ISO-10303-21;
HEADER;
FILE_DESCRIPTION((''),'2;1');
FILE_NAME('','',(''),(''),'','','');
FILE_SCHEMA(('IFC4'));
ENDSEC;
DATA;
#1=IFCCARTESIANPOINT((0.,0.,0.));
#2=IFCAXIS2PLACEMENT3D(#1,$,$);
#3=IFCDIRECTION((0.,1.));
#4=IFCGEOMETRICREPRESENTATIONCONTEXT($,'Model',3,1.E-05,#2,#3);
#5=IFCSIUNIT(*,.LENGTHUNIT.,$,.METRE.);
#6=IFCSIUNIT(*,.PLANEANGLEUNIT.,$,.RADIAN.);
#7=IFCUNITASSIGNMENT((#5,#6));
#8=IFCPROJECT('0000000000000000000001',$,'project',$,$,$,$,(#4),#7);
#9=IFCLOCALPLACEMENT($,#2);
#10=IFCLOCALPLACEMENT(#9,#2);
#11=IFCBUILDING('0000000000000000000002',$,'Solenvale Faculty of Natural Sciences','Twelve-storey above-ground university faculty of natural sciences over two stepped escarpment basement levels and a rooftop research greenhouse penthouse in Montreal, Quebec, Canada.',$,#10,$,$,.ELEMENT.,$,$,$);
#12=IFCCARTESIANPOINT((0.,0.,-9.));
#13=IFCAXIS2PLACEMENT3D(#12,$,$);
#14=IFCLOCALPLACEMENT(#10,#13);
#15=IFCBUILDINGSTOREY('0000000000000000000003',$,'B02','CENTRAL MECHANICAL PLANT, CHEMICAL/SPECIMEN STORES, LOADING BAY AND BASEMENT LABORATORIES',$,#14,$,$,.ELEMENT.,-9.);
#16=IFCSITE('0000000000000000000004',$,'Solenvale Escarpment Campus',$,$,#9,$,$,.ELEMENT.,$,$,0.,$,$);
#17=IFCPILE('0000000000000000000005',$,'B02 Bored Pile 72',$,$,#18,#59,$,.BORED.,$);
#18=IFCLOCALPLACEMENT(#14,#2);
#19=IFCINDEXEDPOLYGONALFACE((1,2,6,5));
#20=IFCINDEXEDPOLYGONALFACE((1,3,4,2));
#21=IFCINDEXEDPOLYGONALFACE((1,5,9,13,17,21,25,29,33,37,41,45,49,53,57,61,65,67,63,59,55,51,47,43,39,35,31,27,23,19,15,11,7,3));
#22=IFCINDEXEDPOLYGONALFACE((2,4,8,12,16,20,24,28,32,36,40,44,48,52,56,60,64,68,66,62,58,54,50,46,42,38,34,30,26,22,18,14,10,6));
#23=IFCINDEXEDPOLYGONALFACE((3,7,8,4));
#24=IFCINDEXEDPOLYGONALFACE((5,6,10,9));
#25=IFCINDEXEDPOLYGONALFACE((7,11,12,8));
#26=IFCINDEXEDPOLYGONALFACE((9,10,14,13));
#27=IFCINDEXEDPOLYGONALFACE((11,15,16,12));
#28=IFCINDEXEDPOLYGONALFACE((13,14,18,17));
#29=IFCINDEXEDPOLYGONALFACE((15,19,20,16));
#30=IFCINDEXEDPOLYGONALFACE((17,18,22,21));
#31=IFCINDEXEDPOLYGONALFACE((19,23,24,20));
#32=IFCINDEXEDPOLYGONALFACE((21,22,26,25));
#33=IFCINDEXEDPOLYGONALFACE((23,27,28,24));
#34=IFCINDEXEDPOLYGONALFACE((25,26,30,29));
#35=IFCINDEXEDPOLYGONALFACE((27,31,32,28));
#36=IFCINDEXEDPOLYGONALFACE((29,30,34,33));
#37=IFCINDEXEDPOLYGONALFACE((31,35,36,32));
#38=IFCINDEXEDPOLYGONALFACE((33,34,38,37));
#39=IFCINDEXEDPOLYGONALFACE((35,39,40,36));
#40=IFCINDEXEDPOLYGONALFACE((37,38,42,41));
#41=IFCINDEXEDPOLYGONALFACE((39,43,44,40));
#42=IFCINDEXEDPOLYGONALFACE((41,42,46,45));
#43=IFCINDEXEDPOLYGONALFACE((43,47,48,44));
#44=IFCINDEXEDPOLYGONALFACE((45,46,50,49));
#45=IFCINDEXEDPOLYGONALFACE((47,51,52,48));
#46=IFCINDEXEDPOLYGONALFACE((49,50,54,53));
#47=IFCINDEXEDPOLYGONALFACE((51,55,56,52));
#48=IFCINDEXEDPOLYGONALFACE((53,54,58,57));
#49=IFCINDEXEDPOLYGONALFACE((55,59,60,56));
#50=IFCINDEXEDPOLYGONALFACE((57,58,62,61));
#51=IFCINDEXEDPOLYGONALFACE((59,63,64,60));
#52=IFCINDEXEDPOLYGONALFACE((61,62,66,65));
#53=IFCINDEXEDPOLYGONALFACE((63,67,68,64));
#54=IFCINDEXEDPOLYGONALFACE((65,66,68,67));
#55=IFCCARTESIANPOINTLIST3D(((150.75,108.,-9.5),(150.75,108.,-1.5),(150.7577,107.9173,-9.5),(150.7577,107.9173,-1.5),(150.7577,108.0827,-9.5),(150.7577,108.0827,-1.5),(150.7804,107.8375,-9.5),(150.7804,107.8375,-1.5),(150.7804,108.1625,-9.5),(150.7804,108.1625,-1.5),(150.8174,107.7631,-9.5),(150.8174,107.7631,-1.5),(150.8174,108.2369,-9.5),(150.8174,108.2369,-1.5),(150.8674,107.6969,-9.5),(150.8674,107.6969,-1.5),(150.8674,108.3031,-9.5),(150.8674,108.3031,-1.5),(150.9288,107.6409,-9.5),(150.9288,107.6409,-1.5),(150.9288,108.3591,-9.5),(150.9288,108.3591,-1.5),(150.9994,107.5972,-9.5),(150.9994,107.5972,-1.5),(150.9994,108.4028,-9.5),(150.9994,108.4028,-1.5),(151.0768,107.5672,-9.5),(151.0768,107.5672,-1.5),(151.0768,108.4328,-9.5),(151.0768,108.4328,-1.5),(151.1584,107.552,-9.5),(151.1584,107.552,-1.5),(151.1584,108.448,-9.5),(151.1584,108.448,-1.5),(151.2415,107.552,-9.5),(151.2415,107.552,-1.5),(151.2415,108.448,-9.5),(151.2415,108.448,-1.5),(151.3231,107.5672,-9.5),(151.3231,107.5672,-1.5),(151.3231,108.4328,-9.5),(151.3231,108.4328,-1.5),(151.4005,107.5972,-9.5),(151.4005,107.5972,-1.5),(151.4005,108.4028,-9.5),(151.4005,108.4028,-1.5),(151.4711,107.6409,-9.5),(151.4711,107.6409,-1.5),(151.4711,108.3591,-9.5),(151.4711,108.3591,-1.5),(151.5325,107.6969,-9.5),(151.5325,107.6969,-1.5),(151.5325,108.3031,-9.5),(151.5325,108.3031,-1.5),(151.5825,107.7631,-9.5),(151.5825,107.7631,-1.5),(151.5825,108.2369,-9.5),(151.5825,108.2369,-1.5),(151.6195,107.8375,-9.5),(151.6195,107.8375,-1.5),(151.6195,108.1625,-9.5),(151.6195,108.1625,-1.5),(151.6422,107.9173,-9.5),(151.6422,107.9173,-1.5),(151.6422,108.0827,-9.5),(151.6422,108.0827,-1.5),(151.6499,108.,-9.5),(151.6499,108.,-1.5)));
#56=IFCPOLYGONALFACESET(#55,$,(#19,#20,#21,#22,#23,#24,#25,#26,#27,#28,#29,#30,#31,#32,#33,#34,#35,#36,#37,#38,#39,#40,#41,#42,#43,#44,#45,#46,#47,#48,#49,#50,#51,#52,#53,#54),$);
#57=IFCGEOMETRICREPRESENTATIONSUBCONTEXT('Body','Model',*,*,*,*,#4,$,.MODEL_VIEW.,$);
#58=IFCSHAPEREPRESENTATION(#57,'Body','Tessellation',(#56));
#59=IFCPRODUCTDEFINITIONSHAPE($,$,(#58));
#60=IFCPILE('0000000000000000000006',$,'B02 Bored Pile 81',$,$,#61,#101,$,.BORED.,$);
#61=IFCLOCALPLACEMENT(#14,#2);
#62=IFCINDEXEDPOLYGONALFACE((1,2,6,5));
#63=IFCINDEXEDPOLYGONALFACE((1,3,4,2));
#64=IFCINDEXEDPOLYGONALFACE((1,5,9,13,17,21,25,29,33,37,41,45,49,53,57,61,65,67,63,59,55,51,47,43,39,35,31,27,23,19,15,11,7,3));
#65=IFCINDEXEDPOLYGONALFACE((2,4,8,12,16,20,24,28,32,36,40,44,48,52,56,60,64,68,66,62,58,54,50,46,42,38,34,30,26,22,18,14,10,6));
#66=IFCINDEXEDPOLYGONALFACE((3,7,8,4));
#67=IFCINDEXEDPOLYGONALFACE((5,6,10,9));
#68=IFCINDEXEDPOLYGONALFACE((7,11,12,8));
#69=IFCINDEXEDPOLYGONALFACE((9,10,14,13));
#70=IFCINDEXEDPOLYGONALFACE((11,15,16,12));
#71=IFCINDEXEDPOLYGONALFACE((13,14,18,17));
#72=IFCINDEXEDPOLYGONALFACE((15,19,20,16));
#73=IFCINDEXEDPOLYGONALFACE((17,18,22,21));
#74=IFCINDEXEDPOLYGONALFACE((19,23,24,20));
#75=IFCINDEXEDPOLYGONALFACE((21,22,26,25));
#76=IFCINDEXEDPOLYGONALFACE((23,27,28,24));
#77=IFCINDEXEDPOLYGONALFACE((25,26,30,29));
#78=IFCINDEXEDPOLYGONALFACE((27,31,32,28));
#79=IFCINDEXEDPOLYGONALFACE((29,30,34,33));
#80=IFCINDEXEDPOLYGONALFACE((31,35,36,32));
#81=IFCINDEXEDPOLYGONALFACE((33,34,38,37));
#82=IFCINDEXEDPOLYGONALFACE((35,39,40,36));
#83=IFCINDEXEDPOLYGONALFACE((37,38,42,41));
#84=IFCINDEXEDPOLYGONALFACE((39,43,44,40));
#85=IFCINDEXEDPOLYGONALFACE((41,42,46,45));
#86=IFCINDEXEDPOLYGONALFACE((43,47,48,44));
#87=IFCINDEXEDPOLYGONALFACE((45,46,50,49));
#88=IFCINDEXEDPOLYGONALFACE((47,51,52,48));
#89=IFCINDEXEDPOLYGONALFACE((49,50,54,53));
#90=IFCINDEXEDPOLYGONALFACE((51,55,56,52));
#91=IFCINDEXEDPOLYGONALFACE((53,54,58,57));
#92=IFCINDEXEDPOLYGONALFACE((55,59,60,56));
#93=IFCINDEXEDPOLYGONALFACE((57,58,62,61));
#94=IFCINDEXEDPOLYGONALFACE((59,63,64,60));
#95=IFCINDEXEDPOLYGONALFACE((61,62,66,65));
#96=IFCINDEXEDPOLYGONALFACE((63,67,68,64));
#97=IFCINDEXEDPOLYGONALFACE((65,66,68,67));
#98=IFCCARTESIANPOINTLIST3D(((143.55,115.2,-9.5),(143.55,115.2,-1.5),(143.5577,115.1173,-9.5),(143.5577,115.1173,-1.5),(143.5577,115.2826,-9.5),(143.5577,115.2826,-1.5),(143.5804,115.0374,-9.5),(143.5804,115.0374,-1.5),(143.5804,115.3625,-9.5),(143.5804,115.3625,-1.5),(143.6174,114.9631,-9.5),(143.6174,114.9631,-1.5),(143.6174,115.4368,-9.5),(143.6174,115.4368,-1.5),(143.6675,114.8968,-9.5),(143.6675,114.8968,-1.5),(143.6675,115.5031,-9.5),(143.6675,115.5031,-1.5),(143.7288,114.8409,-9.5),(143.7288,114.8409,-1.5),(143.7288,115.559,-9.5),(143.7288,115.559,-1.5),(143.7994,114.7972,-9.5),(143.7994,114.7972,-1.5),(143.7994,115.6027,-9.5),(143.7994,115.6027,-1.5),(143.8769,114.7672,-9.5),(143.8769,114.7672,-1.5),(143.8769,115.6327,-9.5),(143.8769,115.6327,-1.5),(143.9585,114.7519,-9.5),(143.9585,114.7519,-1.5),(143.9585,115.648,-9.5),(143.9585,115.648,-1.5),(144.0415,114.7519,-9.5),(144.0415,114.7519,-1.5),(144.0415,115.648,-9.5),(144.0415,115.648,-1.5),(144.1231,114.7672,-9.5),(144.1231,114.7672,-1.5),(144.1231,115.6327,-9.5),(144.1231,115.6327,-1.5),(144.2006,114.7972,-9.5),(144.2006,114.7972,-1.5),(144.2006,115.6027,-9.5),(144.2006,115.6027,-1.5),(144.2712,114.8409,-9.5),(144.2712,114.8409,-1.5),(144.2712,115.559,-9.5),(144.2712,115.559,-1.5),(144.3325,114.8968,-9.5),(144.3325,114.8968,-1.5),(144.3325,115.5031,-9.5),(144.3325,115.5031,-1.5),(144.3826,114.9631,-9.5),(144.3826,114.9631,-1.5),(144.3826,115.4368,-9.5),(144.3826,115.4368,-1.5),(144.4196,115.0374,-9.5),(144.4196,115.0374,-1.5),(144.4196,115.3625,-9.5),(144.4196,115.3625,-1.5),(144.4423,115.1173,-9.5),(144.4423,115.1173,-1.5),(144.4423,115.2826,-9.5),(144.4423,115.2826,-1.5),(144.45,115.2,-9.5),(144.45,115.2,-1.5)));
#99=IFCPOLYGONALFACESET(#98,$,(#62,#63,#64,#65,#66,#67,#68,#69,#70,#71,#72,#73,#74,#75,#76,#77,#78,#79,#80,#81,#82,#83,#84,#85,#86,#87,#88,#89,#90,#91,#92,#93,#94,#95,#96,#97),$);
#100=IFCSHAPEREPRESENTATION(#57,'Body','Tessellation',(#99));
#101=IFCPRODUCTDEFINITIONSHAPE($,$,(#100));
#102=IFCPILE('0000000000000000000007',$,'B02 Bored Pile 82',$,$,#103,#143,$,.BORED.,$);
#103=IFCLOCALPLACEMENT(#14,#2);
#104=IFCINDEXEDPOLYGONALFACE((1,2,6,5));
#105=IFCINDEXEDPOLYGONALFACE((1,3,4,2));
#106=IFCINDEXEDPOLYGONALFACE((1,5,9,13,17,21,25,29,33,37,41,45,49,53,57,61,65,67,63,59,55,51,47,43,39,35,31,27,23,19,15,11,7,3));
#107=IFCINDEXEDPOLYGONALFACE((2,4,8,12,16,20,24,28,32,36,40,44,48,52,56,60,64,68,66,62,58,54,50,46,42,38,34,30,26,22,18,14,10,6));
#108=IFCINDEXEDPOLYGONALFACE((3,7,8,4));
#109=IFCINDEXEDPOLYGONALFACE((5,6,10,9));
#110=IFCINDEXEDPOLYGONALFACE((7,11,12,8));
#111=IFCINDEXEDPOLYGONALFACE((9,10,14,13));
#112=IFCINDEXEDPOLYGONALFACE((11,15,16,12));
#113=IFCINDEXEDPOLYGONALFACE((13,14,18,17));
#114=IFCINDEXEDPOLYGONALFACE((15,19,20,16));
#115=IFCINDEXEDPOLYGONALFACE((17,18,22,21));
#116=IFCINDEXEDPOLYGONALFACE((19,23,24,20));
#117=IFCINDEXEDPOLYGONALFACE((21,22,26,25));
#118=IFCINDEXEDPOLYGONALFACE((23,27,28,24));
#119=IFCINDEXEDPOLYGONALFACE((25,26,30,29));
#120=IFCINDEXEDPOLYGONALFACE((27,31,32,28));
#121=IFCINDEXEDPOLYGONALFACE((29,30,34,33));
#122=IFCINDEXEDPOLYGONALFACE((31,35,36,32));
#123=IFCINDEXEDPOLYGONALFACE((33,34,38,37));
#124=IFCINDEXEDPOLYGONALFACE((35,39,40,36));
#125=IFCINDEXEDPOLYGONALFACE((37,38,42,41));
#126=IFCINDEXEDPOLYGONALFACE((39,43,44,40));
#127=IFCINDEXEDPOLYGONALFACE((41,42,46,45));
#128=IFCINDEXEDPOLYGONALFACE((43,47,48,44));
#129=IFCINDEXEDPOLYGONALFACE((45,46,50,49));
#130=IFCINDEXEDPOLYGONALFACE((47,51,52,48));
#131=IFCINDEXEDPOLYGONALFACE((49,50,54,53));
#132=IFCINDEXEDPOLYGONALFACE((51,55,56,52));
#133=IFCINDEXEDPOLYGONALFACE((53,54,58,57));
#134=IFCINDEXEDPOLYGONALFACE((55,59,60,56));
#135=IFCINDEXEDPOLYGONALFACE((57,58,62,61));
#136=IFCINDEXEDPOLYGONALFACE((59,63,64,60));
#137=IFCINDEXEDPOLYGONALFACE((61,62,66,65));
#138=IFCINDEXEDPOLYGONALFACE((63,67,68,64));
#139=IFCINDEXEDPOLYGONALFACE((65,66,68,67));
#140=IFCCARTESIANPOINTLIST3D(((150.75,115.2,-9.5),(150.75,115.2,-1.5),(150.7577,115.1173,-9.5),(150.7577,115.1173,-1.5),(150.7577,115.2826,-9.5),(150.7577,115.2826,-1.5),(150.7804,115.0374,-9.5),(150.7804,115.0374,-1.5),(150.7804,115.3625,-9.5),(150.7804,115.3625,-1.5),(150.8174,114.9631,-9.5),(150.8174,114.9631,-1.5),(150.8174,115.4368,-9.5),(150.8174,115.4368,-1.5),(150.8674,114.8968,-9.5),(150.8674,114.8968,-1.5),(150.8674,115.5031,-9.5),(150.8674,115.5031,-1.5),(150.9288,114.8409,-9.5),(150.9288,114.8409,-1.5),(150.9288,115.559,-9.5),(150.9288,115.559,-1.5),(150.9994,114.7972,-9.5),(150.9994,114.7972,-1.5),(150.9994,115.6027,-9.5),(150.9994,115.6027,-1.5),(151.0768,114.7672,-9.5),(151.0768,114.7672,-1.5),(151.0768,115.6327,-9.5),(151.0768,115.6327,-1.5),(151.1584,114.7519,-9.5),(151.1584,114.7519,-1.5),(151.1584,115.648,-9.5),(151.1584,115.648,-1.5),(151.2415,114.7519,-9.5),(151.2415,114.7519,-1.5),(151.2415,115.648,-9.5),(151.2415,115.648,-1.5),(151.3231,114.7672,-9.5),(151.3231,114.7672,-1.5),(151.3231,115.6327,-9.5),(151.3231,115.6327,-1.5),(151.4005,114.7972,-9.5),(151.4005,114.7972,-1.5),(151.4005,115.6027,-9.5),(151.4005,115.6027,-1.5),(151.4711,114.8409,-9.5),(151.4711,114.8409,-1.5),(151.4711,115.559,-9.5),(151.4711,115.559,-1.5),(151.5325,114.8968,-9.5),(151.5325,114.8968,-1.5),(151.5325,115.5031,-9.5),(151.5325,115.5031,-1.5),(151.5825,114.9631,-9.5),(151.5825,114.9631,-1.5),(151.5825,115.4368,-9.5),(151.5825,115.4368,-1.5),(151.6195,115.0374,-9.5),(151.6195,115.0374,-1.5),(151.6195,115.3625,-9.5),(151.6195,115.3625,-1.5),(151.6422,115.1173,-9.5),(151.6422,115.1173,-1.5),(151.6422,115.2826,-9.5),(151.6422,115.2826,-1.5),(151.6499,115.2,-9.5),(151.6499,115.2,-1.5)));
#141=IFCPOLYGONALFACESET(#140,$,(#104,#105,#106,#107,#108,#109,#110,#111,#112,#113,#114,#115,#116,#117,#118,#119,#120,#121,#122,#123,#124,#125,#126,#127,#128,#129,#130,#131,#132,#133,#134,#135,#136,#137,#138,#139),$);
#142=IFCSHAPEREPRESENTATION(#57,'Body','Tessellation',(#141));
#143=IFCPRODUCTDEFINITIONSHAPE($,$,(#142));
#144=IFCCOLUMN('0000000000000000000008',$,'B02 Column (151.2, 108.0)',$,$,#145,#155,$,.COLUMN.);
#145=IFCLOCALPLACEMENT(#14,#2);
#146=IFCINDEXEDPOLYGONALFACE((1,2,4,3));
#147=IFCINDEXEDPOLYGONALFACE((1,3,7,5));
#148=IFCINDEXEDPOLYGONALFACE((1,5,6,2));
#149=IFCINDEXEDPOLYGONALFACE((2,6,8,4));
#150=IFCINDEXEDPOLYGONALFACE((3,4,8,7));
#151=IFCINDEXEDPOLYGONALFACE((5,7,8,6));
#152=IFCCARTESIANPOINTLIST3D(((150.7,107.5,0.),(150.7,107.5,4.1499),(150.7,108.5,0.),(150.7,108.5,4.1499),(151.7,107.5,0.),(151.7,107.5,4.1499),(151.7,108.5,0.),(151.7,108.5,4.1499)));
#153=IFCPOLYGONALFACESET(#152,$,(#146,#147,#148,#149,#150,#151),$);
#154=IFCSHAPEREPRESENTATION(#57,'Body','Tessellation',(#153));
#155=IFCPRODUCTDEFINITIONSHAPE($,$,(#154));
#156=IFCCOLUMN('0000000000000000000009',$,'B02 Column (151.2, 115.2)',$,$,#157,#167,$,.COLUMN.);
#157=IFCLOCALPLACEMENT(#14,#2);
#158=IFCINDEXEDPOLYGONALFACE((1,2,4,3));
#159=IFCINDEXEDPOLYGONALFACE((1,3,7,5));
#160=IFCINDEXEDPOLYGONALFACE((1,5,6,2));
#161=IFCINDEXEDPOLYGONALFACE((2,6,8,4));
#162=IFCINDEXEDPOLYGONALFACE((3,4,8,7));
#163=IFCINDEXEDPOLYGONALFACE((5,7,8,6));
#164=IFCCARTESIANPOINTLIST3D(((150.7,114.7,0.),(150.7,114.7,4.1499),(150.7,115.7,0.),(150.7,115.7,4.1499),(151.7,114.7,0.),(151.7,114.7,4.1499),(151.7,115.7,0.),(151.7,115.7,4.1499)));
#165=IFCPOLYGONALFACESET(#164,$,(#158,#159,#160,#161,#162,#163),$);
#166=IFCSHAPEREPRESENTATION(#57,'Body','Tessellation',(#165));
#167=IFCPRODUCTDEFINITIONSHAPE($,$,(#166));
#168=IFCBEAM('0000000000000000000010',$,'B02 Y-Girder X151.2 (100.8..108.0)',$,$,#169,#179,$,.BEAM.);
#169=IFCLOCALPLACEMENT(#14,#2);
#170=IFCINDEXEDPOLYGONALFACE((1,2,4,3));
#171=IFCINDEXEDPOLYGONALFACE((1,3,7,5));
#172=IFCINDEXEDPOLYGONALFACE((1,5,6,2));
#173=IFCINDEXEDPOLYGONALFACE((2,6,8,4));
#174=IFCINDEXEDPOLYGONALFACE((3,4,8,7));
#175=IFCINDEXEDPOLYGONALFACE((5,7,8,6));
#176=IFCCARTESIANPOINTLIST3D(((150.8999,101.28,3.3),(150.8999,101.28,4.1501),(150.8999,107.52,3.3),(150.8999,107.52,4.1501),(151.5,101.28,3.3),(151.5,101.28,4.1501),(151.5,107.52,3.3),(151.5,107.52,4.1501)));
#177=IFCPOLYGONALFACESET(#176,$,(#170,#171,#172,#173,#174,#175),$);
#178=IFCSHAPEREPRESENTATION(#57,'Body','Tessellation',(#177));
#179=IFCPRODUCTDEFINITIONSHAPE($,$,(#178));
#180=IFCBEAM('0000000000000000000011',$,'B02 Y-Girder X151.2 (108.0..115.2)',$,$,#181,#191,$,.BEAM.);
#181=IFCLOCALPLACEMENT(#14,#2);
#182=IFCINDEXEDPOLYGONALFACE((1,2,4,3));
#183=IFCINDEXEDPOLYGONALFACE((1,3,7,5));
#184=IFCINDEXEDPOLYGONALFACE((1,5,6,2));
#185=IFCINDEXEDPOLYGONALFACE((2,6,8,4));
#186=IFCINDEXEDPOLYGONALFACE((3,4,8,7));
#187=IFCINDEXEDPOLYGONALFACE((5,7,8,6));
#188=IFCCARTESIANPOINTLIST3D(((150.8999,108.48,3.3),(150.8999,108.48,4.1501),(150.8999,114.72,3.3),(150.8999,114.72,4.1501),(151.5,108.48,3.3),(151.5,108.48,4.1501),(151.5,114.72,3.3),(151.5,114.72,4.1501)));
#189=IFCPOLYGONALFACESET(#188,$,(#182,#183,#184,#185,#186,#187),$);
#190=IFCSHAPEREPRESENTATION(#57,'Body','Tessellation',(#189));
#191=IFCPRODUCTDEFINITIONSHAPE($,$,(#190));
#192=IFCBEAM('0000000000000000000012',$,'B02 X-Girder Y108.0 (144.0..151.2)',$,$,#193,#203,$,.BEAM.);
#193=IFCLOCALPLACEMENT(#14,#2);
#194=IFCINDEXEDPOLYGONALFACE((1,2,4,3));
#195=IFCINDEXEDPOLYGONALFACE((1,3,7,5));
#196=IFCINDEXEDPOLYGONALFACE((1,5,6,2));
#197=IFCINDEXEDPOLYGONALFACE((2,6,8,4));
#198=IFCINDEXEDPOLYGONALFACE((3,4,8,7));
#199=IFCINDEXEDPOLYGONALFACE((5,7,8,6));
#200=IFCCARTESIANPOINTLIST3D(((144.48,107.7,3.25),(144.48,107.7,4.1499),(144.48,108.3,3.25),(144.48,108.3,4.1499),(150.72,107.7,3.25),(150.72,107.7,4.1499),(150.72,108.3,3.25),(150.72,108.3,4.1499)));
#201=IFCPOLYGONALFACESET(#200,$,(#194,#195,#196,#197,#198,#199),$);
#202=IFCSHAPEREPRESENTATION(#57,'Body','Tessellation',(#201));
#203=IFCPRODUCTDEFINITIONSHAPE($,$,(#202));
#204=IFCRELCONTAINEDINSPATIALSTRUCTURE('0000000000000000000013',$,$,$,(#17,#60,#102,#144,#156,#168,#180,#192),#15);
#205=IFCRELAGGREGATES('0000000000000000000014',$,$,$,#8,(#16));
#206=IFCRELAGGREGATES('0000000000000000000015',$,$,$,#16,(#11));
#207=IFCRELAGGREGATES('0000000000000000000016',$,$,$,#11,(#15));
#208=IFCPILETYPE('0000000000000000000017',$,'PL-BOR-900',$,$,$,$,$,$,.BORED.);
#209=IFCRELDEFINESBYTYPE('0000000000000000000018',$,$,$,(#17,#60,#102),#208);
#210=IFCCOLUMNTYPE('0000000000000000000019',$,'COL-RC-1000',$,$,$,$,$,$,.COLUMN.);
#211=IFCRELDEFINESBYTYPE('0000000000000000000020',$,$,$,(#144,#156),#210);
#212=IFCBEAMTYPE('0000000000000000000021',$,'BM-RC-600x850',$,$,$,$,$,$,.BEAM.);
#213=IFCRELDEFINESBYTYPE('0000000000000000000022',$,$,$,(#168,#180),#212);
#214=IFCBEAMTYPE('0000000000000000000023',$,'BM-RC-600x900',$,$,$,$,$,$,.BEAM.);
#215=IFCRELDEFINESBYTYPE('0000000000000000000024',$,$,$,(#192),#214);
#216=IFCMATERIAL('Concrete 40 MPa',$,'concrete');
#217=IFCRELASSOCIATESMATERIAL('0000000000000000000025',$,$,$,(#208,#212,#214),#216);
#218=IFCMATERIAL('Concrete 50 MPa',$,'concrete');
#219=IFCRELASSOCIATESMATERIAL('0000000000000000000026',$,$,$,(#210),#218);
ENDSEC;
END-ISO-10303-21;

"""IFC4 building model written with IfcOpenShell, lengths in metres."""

from ifc_helpers import new_model, si_unit, direction, frame, origin, origin_2d, place, context, subcontext, project, spatial, rectangle, circle, extrude, material, material_profile, profile_set, type_object, element, save


model = new_model("IFC4")

# Units and contexts
model_context = context("Model", 3, precision=1e-05, world=origin(), true_north=direction((0.0, 1.0)))
body_context = subcontext(model_context, "Body", "Model", "MODEL_VIEW")
ifc_project = project(units=[si_unit("LENGTHUNIT", "METRE"), si_unit("PLANEANGLEUNIT", "RADIAN")], contexts=[model_context])

# Site, building, storey
site_placement = place(None, origin())
site = spatial("IfcSite", under=ifc_project, at=site_placement, Name="Solenvale Escarpment Campus", CompositionType="ELEMENT", RefElevation=0.0)
building_placement = place(site_placement, origin())
building = spatial("IfcBuilding", under=site, at=building_placement, Name="Solenvale Faculty of Natural Sciences", Description="Twelve-storey above-ground university faculty of natural sciences over two stepped escarpment basement levels and a rooftop research greenhouse penthouse in Montreal, Quebec, Canada.", CompositionType="ELEMENT")
storey_placement = place(building_placement, frame((0.0, 0.0, -9.0)))
storey = spatial("IfcBuildingStorey", under=building, at=storey_placement, Name="B02", Description="CENTRAL MECHANICAL PLANT, CHEMICAL/SPECIMEN STORES, LOADING BAY AND BASEMENT LABORATORIES", CompositionType="ELEMENT", Elevation=-9.0)

# Shared definitions
ifc_material_1 = material(Name="Concrete 40 MPa", Category="concrete")

# Piles
ifc_material_profile_1 = material_profile(ifc_material_1, circle(Radius=0.45, at=origin_2d()), Name="PILE-D900")
ifc_profile_set_1 = profile_set([ifc_material_profile_1], Name="Concrete 40 MPa")
pile_type_1 = type_object("IfcPileType", Name="PL-BOR-900", PredefinedType="BORED", material=ifc_profile_set_1)
for number, where, z_axis, x_axis, name in (
    (1, (151.2, 108.0, -1.5), (0.0, 0.0, -1.0), (1.0, 0.0, 0.0), "B02 Bored Pile 72"),
    (2, (144.0, 115.2, -1.5), (0.0, 0.0, -1.0), (1.0, 0.0, 0.0), "B02 Bored Pile 81"),
    (3, (151.2, 115.2, -1.5), (0.0, 0.0, -1.0), (1.0, 0.0, 0.0), "B02 Bored Pile 82"),
):
    element("IfcPile", number, at=place(storey_placement, frame(where, z_axis=z_axis, x_axis=x_axis)), inside=storey, type_object=pile_type_1, Name=name, PredefinedType="BORED", context=body_context, shape_type="SweptSolid", body=[
        extrude(circle(Radius=0.45, at=origin_2d()), origin(), (0.0, 0.0, 1.0), 8.0),
    ])

# Columns
ifc_material_2 = material(Name="Concrete 50 MPa", Category="concrete")
ifc_material_profile_2 = material_profile(ifc_material_2, rectangle(XDim=1.0, YDim=1.0, at=origin_2d()), Name="RC-COL-1000x1000")
ifc_profile_set_2 = profile_set([ifc_material_profile_2], Name="Concrete 50 MPa")
column_type = type_object("IfcColumnType", Name="COL-RC-1000", PredefinedType="COLUMN", material=ifc_profile_set_2)
for number, where, z_axis, x_axis, name in (
    (4, (151.2, 108.0, 0.0), (0.0, 0.0, 1.0), (1.0, 0.0, 0.0), "B02 Column (151.2, 108.0)"),
    (5, (151.2, 115.2, 0.0), (0.0, 0.0, 1.0), (1.0, 0.0, 0.0), "B02 Column (151.2, 115.2)"),
):
    element("IfcColumn", number, at=place(storey_placement, frame(where, z_axis=z_axis, x_axis=x_axis)), inside=storey, type_object=column_type, Name=name, PredefinedType="COLUMN", context=body_context, shape_type="SweptSolid", body=[
        extrude(rectangle(XDim=1.0, YDim=1.0, at=origin_2d()), origin(), (0.0, 0.0, 1.0), 4.1499),
    ])

# Beams
ifc_material_profile_3 = material_profile(ifc_material_1, rectangle(XDim=0.6001, YDim=0.8501, at=origin_2d()), Name="RC-BM-600x850")
ifc_profile_set_3 = profile_set([ifc_material_profile_3], Name="Concrete 40 MPa")
beam_type_1 = type_object("IfcBeamType", Name="BM-RC-600x850", PredefinedType="BEAM", material=ifc_profile_set_3)
for number, where, z_axis, x_axis, name in (
    (6, (151.2, 101.28, 3.7251), (0.0, 1.0, 0.0), (-1.0, 0.0, 0.0), "B02 Y-Girder X151.2 (100.8..108.0)"),
    (7, (151.2, 108.48, 3.7251), (0.0, 1.0, 0.0), (-1.0, 0.0, 0.0), "B02 Y-Girder X151.2 (108.0..115.2)"),
):
    element("IfcBeam", number, at=place(storey_placement, frame(where, z_axis=z_axis, x_axis=x_axis)), inside=storey, type_object=beam_type_1, Name=name, PredefinedType="BEAM", context=body_context, shape_type="SweptSolid", body=[
        extrude(rectangle(XDim=0.6001, YDim=0.8501, at=origin_2d()), origin(), (0.0, 0.0, 1.0), 6.24),
    ])
ifc_material_profile_4 = material_profile(ifc_material_1, rectangle(XDim=0.6001, YDim=0.8999, at=origin_2d()), Name="RC-BM-600x900")
ifc_profile_set_4 = profile_set([ifc_material_profile_4], Name="Concrete 40 MPa")
beam_type_2 = type_object("IfcBeamType", Name="BM-RC-600x900", PredefinedType="BEAM", material=ifc_profile_set_4)
beam_1_placement = place(storey_placement, frame((144.48, 108.0, 3.7), z_axis=(1.0, 0.0, 0.0), x_axis=(0.0, 1.0, 0.0)))
element("IfcBeam", 8, at=beam_1_placement, inside=storey, type_object=beam_type_2, Name="B02 X-Girder Y108.0 (144.0..151.2)", PredefinedType="BEAM", context=body_context, shape_type="SweptSolid", body=[
    extrude(rectangle(XDim=0.6001, YDim=0.8999, at=origin_2d()), origin(), (0.0, 0.0, 1.0), 6.24),
])

save(model, "model.ifc")
